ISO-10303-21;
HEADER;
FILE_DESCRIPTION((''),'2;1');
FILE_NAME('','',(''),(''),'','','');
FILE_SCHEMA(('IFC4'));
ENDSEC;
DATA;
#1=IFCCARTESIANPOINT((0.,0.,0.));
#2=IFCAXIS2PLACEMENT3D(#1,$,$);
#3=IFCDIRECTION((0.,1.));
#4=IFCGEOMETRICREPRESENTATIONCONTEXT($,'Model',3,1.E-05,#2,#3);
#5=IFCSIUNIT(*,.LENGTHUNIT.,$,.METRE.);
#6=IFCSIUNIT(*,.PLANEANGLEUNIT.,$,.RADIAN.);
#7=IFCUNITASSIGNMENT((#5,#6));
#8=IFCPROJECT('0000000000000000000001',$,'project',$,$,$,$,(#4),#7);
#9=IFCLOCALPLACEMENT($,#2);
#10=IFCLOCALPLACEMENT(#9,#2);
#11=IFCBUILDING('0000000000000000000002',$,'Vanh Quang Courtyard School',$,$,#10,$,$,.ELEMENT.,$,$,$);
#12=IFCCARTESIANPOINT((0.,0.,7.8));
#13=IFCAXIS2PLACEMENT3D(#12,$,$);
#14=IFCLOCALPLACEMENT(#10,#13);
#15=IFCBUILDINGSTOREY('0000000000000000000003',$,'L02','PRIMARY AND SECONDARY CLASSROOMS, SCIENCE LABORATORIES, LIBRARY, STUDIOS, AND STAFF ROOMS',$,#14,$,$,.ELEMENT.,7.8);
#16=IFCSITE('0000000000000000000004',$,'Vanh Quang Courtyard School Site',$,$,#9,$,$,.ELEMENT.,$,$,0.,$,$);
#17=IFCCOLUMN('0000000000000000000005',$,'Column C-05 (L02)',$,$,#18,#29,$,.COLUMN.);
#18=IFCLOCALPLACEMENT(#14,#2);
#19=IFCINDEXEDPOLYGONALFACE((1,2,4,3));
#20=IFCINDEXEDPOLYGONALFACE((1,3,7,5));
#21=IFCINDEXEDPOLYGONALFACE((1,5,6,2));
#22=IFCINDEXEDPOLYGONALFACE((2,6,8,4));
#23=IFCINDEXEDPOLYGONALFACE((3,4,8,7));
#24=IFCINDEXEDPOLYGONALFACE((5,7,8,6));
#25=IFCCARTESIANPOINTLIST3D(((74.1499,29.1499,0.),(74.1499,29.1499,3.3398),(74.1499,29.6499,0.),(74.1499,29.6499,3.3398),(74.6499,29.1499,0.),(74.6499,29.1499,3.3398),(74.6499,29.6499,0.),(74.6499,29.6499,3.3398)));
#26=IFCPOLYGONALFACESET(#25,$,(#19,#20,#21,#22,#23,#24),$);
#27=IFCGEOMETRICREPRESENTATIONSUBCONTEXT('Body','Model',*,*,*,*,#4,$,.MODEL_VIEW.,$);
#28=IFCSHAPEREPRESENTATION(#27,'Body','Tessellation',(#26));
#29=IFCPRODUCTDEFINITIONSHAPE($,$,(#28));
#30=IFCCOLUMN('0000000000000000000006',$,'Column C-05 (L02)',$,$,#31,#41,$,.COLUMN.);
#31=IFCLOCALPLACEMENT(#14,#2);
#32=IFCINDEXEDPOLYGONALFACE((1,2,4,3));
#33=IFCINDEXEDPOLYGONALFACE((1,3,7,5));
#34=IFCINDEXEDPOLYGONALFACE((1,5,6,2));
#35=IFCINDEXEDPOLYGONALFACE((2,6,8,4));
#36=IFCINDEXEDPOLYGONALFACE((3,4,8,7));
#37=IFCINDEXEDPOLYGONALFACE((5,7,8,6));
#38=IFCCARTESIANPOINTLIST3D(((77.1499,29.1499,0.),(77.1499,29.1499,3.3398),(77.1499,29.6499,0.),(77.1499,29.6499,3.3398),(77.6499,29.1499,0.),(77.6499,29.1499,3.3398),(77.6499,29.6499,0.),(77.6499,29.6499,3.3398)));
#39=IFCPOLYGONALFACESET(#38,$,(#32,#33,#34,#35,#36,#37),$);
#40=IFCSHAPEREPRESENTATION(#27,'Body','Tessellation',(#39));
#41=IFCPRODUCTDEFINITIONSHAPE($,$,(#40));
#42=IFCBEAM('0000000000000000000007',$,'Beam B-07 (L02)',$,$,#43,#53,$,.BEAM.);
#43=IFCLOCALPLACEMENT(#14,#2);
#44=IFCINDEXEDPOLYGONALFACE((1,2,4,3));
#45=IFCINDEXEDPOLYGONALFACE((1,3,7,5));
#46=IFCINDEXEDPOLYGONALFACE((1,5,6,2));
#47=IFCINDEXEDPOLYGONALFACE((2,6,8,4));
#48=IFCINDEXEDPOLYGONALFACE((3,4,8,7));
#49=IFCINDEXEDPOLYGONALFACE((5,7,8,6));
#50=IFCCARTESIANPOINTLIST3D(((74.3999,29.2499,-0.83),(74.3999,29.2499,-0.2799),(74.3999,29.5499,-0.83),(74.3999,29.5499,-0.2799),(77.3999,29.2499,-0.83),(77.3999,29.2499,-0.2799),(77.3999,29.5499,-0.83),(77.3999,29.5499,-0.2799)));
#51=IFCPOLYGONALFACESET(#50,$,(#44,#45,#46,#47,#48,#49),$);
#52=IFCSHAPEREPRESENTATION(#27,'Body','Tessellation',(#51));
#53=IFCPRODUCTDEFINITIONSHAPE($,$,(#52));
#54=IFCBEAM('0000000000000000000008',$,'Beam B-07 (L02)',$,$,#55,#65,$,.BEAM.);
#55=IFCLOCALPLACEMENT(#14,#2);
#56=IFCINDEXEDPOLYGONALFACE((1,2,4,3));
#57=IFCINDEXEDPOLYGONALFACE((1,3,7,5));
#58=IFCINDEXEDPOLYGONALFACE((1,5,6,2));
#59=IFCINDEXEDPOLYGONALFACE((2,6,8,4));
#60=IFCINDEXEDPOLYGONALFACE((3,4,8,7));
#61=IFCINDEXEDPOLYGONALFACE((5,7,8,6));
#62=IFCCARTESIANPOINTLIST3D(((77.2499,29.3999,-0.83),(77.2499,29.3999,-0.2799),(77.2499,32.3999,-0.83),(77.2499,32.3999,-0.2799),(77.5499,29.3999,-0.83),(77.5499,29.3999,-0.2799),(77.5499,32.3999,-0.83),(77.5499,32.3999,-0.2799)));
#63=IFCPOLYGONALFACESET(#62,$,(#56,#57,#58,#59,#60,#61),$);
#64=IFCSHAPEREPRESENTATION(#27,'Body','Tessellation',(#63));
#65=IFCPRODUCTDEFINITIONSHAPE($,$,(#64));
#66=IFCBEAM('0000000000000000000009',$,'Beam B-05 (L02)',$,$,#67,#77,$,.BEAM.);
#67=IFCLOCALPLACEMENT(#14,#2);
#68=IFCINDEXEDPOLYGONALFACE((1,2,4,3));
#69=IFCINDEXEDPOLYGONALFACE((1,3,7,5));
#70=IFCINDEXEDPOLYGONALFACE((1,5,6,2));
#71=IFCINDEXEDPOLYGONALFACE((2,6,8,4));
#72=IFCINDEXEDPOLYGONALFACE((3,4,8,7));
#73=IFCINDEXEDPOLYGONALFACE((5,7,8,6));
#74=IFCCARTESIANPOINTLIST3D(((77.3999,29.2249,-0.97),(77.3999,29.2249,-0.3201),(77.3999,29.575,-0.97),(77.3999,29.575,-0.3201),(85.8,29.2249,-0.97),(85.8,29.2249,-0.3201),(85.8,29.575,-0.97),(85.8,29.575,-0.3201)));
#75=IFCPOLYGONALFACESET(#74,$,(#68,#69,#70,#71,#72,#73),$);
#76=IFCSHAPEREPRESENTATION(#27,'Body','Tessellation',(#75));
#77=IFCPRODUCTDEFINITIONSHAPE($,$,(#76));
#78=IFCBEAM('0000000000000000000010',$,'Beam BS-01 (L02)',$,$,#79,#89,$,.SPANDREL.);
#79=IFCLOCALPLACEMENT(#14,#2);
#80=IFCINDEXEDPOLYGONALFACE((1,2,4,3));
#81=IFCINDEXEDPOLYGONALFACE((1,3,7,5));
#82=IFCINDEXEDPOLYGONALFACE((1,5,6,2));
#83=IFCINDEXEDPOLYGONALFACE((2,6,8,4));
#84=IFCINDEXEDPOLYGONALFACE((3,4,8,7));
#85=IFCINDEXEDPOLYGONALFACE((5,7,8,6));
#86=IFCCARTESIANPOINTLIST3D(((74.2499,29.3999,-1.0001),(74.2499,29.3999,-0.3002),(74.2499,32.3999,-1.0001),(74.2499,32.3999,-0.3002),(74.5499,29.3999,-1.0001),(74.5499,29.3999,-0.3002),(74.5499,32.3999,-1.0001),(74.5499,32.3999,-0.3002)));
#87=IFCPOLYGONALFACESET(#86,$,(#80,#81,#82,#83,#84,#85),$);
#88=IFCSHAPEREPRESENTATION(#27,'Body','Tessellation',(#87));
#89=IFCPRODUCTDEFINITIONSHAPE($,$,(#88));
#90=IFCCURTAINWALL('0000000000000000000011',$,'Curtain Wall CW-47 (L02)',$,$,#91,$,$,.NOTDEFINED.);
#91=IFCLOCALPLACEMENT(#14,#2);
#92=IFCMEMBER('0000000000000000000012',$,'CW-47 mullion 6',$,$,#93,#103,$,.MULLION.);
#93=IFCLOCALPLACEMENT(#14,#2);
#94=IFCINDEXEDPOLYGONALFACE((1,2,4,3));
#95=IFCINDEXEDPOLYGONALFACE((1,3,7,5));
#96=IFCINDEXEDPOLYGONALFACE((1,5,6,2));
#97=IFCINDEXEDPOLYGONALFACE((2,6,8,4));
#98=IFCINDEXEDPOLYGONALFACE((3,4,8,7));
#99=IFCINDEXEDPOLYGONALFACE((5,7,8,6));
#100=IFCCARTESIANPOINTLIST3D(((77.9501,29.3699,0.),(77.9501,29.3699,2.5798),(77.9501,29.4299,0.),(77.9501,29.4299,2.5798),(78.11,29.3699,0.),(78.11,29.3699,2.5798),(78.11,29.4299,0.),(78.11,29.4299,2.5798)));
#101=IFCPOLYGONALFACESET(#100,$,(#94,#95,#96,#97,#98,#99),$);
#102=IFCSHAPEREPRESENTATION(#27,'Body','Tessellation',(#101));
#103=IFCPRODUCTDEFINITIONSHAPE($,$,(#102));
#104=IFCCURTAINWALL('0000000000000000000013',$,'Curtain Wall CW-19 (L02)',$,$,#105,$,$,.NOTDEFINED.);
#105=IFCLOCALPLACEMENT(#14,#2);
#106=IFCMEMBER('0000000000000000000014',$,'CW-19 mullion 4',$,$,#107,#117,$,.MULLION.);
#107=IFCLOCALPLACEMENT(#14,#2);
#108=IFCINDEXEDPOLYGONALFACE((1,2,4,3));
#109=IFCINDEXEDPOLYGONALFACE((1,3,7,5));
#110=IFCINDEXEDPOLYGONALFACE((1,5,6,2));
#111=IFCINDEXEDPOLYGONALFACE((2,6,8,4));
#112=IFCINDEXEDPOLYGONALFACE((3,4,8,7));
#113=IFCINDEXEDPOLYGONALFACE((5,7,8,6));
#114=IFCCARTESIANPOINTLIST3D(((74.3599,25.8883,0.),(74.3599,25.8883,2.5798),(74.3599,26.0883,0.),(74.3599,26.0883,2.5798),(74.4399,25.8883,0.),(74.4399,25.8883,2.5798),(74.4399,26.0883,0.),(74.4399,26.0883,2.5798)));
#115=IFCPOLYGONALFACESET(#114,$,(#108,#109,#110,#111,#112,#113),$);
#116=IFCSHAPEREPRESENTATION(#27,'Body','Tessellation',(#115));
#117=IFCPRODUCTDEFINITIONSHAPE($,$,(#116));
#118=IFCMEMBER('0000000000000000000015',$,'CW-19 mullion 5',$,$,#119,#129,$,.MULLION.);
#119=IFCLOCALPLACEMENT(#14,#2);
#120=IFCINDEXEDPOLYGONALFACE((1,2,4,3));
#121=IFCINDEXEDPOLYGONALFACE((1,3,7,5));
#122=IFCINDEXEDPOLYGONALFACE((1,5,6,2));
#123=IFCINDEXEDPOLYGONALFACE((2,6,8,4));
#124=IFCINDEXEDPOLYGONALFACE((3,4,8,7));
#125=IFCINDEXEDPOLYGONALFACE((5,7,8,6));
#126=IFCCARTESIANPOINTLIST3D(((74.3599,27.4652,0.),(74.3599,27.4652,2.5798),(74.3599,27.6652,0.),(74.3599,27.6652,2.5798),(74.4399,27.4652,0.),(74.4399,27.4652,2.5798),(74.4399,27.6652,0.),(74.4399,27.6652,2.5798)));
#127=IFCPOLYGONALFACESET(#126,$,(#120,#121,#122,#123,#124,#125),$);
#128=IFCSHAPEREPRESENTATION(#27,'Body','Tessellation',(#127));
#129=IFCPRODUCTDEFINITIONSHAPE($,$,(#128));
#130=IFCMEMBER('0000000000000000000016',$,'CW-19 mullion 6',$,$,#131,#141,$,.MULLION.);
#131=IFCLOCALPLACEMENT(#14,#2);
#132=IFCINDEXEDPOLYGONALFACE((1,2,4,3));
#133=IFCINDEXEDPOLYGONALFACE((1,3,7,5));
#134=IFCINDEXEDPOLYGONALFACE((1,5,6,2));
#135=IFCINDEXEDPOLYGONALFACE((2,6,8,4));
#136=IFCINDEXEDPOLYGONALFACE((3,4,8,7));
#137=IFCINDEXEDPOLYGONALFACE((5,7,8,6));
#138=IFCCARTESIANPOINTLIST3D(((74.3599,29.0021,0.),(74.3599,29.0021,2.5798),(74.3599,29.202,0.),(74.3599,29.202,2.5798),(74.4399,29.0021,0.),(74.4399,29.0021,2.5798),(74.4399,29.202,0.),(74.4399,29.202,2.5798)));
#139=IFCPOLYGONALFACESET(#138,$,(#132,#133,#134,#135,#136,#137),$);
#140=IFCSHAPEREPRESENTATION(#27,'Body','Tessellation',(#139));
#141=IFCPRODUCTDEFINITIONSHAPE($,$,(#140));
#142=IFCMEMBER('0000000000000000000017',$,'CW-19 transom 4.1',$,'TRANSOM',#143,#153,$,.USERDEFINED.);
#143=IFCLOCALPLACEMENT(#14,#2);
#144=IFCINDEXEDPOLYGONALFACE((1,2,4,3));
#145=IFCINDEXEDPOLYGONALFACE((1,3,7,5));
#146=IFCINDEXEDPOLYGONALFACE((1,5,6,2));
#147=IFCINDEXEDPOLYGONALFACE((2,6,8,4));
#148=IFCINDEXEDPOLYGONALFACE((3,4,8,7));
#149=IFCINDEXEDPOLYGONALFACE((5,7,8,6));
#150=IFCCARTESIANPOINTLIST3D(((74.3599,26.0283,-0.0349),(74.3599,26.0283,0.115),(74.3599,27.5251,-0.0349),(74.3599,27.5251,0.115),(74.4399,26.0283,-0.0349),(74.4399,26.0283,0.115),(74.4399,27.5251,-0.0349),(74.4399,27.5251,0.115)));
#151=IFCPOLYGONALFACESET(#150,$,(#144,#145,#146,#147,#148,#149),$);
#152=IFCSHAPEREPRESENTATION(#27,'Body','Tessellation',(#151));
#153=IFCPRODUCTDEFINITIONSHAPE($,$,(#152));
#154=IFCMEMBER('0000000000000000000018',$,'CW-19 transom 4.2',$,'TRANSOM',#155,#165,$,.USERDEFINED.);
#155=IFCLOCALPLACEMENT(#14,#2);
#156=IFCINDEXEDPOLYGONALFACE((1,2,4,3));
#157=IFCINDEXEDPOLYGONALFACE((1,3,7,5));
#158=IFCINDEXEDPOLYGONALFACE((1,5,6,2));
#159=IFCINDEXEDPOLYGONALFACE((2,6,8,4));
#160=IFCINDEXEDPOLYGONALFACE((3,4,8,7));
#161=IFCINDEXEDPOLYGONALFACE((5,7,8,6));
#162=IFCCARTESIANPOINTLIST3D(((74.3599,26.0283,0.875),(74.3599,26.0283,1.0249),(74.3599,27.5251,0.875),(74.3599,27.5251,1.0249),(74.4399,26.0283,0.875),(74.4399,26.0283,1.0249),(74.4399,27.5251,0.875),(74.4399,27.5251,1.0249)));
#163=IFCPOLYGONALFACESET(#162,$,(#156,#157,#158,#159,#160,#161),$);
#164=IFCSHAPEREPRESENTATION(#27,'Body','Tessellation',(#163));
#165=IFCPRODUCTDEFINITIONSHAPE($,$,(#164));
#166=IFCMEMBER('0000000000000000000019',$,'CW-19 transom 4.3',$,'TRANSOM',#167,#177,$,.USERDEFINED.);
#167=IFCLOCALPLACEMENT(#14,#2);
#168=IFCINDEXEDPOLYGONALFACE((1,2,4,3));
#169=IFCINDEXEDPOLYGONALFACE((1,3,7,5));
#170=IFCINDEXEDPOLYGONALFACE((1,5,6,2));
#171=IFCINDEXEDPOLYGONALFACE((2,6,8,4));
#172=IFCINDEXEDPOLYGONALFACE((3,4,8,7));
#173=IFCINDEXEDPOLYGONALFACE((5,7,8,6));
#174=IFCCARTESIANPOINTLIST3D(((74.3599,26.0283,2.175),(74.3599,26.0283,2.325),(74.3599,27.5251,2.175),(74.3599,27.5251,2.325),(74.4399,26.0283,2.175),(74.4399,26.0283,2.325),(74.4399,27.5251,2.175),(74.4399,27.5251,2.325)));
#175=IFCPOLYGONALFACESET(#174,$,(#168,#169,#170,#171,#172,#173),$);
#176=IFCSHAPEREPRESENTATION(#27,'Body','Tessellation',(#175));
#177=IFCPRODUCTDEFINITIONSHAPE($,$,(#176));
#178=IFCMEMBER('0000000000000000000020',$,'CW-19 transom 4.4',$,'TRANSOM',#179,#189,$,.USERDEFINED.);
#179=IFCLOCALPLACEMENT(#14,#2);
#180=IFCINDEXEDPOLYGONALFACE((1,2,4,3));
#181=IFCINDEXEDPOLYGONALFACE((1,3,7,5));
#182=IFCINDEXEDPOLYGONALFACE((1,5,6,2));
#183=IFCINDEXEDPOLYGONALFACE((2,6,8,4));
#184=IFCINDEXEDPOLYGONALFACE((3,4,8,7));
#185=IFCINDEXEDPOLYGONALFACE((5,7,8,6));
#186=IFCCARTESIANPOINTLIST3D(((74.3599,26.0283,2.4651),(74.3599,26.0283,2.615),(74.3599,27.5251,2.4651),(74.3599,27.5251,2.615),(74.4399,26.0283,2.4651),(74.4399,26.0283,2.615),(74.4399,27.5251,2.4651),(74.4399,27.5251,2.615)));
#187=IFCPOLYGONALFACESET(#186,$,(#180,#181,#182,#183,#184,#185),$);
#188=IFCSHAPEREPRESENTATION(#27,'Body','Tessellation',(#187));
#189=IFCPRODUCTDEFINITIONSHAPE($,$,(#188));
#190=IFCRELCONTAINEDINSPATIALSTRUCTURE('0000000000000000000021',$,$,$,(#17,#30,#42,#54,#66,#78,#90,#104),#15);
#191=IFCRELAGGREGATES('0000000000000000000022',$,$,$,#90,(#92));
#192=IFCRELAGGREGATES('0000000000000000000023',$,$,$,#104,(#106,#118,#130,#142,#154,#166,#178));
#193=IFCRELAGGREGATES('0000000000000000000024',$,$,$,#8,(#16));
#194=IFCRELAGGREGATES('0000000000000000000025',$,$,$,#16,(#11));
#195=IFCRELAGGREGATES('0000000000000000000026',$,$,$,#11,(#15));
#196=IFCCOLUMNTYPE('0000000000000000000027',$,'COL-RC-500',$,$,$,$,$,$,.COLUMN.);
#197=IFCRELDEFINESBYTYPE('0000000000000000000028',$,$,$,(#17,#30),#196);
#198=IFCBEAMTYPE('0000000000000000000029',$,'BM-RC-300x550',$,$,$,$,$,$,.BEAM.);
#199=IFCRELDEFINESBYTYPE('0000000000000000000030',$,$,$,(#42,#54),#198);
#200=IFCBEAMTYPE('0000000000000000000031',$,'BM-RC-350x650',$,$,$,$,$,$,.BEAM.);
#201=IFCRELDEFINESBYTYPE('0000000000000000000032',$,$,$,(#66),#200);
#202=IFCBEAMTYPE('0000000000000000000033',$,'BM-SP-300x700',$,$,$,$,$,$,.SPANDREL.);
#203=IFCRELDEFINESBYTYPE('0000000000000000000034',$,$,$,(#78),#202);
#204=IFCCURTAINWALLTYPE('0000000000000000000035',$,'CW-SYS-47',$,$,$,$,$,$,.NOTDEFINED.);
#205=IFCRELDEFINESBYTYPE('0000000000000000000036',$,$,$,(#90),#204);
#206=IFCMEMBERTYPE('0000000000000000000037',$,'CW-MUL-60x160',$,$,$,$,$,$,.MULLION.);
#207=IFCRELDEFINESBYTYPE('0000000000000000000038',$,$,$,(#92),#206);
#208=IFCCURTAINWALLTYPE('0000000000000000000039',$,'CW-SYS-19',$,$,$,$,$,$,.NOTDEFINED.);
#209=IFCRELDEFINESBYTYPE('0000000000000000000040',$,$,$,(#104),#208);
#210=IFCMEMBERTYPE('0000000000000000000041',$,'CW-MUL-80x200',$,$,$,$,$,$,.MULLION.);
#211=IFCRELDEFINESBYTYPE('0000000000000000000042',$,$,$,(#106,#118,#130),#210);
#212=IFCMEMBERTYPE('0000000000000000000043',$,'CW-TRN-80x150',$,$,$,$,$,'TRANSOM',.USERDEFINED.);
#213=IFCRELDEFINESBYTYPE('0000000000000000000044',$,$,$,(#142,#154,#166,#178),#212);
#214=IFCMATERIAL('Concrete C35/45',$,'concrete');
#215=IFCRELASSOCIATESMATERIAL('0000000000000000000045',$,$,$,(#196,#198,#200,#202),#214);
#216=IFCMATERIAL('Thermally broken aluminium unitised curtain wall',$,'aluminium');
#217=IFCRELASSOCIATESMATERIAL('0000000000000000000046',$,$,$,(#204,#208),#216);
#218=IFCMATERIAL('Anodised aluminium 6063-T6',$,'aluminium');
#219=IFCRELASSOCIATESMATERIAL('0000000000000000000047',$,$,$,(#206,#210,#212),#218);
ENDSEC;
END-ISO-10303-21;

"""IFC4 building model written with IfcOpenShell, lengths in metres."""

from ifc_helpers import new_model, si_unit, direction, frame, origin, origin_2d, place, context, subcontext, project, spatial, rectangle, extrude, material, material_profile, profile_set, type_object, element, aggregate, save


model = new_model("IFC4")

# Units and contexts
model_context = context("Model", 3, precision=1e-05, world=origin(), true_north=direction((0.0, 1.0)))
body_context = subcontext(model_context, "Body", "Model", "MODEL_VIEW")
ifc_project = project(units=[si_unit("LENGTHUNIT", "METRE"), si_unit("PLANEANGLEUNIT", "RADIAN")], contexts=[model_context])

# Site, building, storey
site_placement = place(None, origin())
site = spatial("IfcSite", under=ifc_project, at=site_placement, Name="Vanh Quang Courtyard School Site", CompositionType="ELEMENT", RefElevation=0.0)
building_placement = place(site_placement, origin())
building = spatial("IfcBuilding", under=site, at=building_placement, Name="Vanh Quang Courtyard School", CompositionType="ELEMENT")
storey_placement = place(building_placement, frame((0.0, 0.0, 7.8)))
storey = spatial("IfcBuildingStorey", under=building, at=storey_placement, Name="L02", Description="PRIMARY AND SECONDARY CLASSROOMS, SCIENCE LABORATORIES, LIBRARY, STUDIOS, AND STAFF ROOMS", CompositionType="ELEMENT", Elevation=7.8)

# Columns
ifc_material_1 = material(Name="Concrete C35/45", Category="concrete")
ifc_material_profile_1 = material_profile(ifc_material_1, rectangle(XDim=0.5, YDim=0.5, at=origin_2d()), Name="RC-COL 500x500")
ifc_profile_set_1 = profile_set([ifc_material_profile_1], Name="Concrete C35/45")
column_type = type_object("IfcColumnType", Name="COL-RC-500", PredefinedType="COLUMN", material=ifc_profile_set_1)
for number, where, z_axis, x_axis, name in (
    (1, (74.3999, 29.3999, 0.0), (0.0, 0.0, 1.0), (1.0, 0.0, 0.0), "Column C-05 (L02)"),
    (2, (77.3999, 29.3999, 0.0), (0.0, 0.0, 1.0), (1.0, 0.0, 0.0), "Column C-05 (L02)"),
):
    element("IfcColumn", number, at=place(storey_placement, frame(where, z_axis=z_axis, x_axis=x_axis)), inside=storey, type_object=column_type, Name=name, PredefinedType="COLUMN", context=body_context, shape_type="SweptSolid", body=[
        extrude(rectangle(XDim=0.5, YDim=0.5, at=origin_2d()), origin(), (0.0, 0.0, 1.0), 3.3398),
    ])

# Beams
ifc_material_profile_2 = material_profile(ifc_material_1, rectangle(XDim=0.3, YDim=0.55, at=origin_2d()), Name="RC-BM 300x550")
ifc_profile_set_2 = profile_set([ifc_material_profile_2], Name="Concrete C35/45")
beam_type_1 = type_object("IfcBeamType", Name="BM-RC-300x550", PredefinedType="BEAM", material=ifc_profile_set_2)
for number, where, z_axis, x_axis, name in (
    (3, (74.3999, 29.3999, -0.5549), (1.0, 0.0, 0.0), (0.0, 1.0, 0.0), "Beam B-07 (L02)"),
    (4, (77.3999, 29.3999, -0.5549), (0.0, 1.0, 0.0), (-1.0, 0.0, 0.0), "Beam B-07 (L02)"),
):
    element("IfcBeam", number, at=place(storey_placement, frame(where, z_axis=z_axis, x_axis=x_axis)), inside=storey, type_object=beam_type_1, Name=name, PredefinedType="BEAM", context=body_context, shape_type="SweptSolid", body=[
        extrude(rectangle(XDim=0.3, YDim=0.55, at=origin_2d()), origin(), (0.0, 0.0, 1.0), 3.0),
    ])
ifc_material_profile_3 = material_profile(ifc_material_1, rectangle(XDim=0.3501, YDim=0.6499, at=origin_2d()), Name="RC-BM 350x650")
ifc_profile_set_3 = profile_set([ifc_material_profile_3], Name="Concrete C35/45")
beam_type_2 = type_object("IfcBeamType", Name="BM-RC-350x650", PredefinedType="BEAM", material=ifc_profile_set_3)
beam_1_placement = place(storey_placement, frame((77.3999, 29.3999, -0.645), z_axis=(1.0, 0.0, 0.0), x_axis=(0.0, 1.0, 0.0)))
element("IfcBeam", 5, at=beam_1_placement, inside=storey, type_object=beam_type_2, Name="Beam B-05 (L02)", PredefinedType="BEAM", context=body_context, shape_type="SweptSolid", body=[
    extrude(rectangle(XDim=0.3501, YDim=0.6499, at=origin_2d()), origin(), (0.0, 0.0, 1.0), 8.4001),
])
ifc_material_profile_4 = material_profile(ifc_material_1, rectangle(XDim=0.3, YDim=0.7, at=origin_2d()), Name="RC-SP 300x700")
ifc_profile_set_4 = profile_set([ifc_material_profile_4], Name="Concrete C35/45")
beam_type_3 = type_object("IfcBeamType", Name="BM-SP-300x700", PredefinedType="SPANDREL", material=ifc_profile_set_4)
beam_2_placement = place(storey_placement, frame((74.3999, 29.3999, -0.6501), z_axis=(0.0, 1.0, 0.0), x_axis=(-1.0, 0.0, 0.0)))
element("IfcBeam", 6, at=beam_2_placement, inside=storey, type_object=beam_type_3, Name="Beam BS-01 (L02)", PredefinedType="SPANDREL", context=body_context, shape_type="SweptSolid", body=[
    extrude(rectangle(XDim=0.3, YDim=0.7, at=origin_2d()), origin(), (0.0, 0.0, 1.0), 3.0),
])

# Curtain wall, member
ifc_material_2 = material(Name="Thermally broken aluminium unitised curtain wall", Category="aluminium")
curtain_wall_type_1 = type_object("IfcCurtainWallType", Name="CW-SYS-47", PredefinedType="NOTDEFINED", material=ifc_material_2)
curtain_wall_1_placement = place(storey_placement, origin())
curtain_wall_1 = element("IfcCurtainWall", 7, at=curtain_wall_1_placement, inside=storey, type_object=curtain_wall_type_1, Name="Curtain Wall CW-47 (L02)", PredefinedType="NOTDEFINED")
ifc_material_3 = material(Name="Anodised aluminium 6063-T6", Category="aluminium")
ifc_material_profile_5 = material_profile(ifc_material_3, rectangle(XDim=0.0601, YDim=0.1599, at=origin_2d()), Name="ALU-MUL 60x160")
ifc_profile_set_5 = profile_set([ifc_material_profile_5], Name="Anodised aluminium 6063-T6")
member_type_1 = type_object("IfcMemberType", Name="CW-MUL-60x160", PredefinedType="MULLION", material=ifc_profile_set_5)
member_1_placement = place(storey_placement, frame((78.03, 29.3999, 0.0), z_axis=(0.0, 0.0, 1.0), x_axis=(0.0, -1.0, 0.0)))
member_1 = element("IfcMember", 8, at=member_1_placement, type_object=member_type_1, Name="CW-47 mullion 6", PredefinedType="MULLION", context=body_context, shape_type="SweptSolid", body=[
    extrude(rectangle(XDim=0.0601, YDim=0.1599, at=origin_2d()), origin(), (0.0, 0.0, 1.0), 2.5798),
])
aggregate(curtain_wall_1, [member_1])

# Curtain wall, members
curtain_wall_type_2 = type_object("IfcCurtainWallType", Name="CW-SYS-19", PredefinedType="NOTDEFINED", material=ifc_material_2)
curtain_wall_2_placement = place(storey_placement, origin())
curtain_wall_2 = element("IfcCurtainWall", 9, at=curtain_wall_2_placement, inside=storey, type_object=curtain_wall_type_2, Name="Curtain Wall CW-19 (L02)", PredefinedType="NOTDEFINED")
ifc_material_profile_6 = material_profile(ifc_material_3, rectangle(XDim=0.0801, YDim=0.2, at=origin_2d()), Name="ALU-MUL 80x200")
ifc_profile_set_6 = profile_set([ifc_material_profile_6], Name="Anodised aluminium 6063-T6")
member_type_2 = type_object("IfcMemberType", Name="CW-MUL-80x200", PredefinedType="MULLION", material=ifc_profile_set_6)
member_2_placement = place(storey_placement, frame((74.3999, 25.9883, 0.0), z_axis=(0.0, 0.0, 1.0), x_axis=(-1.0, 0.0, 0.0)))
member_2 = element("IfcMember", 10, at=member_2_placement, type_object=member_type_2, Name="CW-19 mullion 4", PredefinedType="MULLION", context=body_context, shape_type="SweptSolid", body=[
    extrude(rectangle(XDim=0.0801, YDim=0.2, at=origin_2d()), origin(), (0.0, 0.0, 1.0), 2.5798),
])
member_3_placement = place(storey_placement, frame((74.3999, 27.5652, 0.0), z_axis=(0.0, 0.0, 1.0), x_axis=(-1.0, 0.0, 0.0)))
member_3 = element("IfcMember", 11, at=member_3_placement, type_object=member_type_2, Name="CW-19 mullion 5", PredefinedType="MULLION", context=body_context, shape_type="SweptSolid", body=[
    extrude(rectangle(XDim=0.0801, YDim=0.2, at=origin_2d()), origin(), (0.0, 0.0, 1.0), 2.5798),
])
member_4_placement = place(storey_placement, frame((74.3999, 29.1021, 0.0), z_axis=(0.0, 0.0, 1.0), x_axis=(-1.0, 0.0, 0.0)))
member_4 = element("IfcMember", 12, at=member_4_placement, type_object=member_type_2, Name="CW-19 mullion 6", PredefinedType="MULLION", context=body_context, shape_type="SweptSolid", body=[
    extrude(rectangle(XDim=0.0801, YDim=0.2, at=origin_2d()), origin(), (0.0, 0.0, 1.0), 2.5798),
])
ifc_material_profile_7 = material_profile(ifc_material_3, rectangle(XDim=0.0801, YDim=0.1499, at=origin_2d()), Name="ALU-TRN 80x150")
ifc_profile_set_7 = profile_set([ifc_material_profile_7], Name="Anodised aluminium 6063-T6")
member_type_3 = type_object("IfcMemberType", Name="CW-TRN-80x150", ElementType="TRANSOM", PredefinedType="USERDEFINED", material=ifc_profile_set_7)
member_5_placement = place(storey_placement, frame((74.3999, 26.0283, 0.04), z_axis=(0.0, 1.0, 0.0), x_axis=(-1.0, 0.0, 0.0)))
member_5 = element("IfcMember", 13, at=member_5_placement, type_object=member_type_3, Name="CW-19 transom 4.1", ObjectType="TRANSOM", PredefinedType="USERDEFINED", context=body_context, shape_type="SweptSolid", body=[
    extrude(rectangle(XDim=0.0801, YDim=0.1499, at=origin_2d()), origin(), (0.0, 0.0, 1.0), 1.4968),
])
member_6_placement = place(storey_placement, frame((74.3999, 26.0283, 0.95), z_axis=(0.0, 1.0, 0.0), x_axis=(-1.0, 0.0, 0.0)))
member_6 = element("IfcMember", 14, at=member_6_placement, type_object=member_type_3, Name="CW-19 transom 4.2", ObjectType="TRANSOM", PredefinedType="USERDEFINED", context=body_context, shape_type="SweptSolid", body=[
    extrude(rectangle(XDim=0.0801, YDim=0.1499, at=origin_2d()), origin(), (0.0, 0.0, 1.0), 1.4968),
])
member_7_placement = place(storey_placement, frame((74.3999, 26.0283, 2.25), z_axis=(0.0, 1.0, 0.0), x_axis=(-1.0, 0.0, 0.0)))
member_7 = element("IfcMember", 15, at=member_7_placement, type_object=member_type_3, Name="CW-19 transom 4.3", ObjectType="TRANSOM", PredefinedType="USERDEFINED", context=body_context, shape_type="SweptSolid", body=[
    extrude(rectangle(XDim=0.0801, YDim=0.1499, at=origin_2d()), origin(), (0.0, 0.0, 1.0), 1.4968),
])
member_8_placement = place(storey_placement, frame((74.3999, 26.0283, 2.54), z_axis=(0.0, 1.0, 0.0), x_axis=(-1.0, 0.0, 0.0)))
member_8 = element("IfcMember", 16, at=member_8_placement, type_object=member_type_3, Name="CW-19 transom 4.4", ObjectType="TRANSOM", PredefinedType="USERDEFINED", context=body_context, shape_type="SweptSolid", body=[
    extrude(rectangle(XDim=0.0801, YDim=0.1499, at=origin_2d()), origin(), (0.0, 0.0, 1.0), 1.4968),
])

aggregate(curtain_wall_2, [member_2, member_3, member_4, member_5, member_6, member_7, member_8])

save(model, "model.ifc")
